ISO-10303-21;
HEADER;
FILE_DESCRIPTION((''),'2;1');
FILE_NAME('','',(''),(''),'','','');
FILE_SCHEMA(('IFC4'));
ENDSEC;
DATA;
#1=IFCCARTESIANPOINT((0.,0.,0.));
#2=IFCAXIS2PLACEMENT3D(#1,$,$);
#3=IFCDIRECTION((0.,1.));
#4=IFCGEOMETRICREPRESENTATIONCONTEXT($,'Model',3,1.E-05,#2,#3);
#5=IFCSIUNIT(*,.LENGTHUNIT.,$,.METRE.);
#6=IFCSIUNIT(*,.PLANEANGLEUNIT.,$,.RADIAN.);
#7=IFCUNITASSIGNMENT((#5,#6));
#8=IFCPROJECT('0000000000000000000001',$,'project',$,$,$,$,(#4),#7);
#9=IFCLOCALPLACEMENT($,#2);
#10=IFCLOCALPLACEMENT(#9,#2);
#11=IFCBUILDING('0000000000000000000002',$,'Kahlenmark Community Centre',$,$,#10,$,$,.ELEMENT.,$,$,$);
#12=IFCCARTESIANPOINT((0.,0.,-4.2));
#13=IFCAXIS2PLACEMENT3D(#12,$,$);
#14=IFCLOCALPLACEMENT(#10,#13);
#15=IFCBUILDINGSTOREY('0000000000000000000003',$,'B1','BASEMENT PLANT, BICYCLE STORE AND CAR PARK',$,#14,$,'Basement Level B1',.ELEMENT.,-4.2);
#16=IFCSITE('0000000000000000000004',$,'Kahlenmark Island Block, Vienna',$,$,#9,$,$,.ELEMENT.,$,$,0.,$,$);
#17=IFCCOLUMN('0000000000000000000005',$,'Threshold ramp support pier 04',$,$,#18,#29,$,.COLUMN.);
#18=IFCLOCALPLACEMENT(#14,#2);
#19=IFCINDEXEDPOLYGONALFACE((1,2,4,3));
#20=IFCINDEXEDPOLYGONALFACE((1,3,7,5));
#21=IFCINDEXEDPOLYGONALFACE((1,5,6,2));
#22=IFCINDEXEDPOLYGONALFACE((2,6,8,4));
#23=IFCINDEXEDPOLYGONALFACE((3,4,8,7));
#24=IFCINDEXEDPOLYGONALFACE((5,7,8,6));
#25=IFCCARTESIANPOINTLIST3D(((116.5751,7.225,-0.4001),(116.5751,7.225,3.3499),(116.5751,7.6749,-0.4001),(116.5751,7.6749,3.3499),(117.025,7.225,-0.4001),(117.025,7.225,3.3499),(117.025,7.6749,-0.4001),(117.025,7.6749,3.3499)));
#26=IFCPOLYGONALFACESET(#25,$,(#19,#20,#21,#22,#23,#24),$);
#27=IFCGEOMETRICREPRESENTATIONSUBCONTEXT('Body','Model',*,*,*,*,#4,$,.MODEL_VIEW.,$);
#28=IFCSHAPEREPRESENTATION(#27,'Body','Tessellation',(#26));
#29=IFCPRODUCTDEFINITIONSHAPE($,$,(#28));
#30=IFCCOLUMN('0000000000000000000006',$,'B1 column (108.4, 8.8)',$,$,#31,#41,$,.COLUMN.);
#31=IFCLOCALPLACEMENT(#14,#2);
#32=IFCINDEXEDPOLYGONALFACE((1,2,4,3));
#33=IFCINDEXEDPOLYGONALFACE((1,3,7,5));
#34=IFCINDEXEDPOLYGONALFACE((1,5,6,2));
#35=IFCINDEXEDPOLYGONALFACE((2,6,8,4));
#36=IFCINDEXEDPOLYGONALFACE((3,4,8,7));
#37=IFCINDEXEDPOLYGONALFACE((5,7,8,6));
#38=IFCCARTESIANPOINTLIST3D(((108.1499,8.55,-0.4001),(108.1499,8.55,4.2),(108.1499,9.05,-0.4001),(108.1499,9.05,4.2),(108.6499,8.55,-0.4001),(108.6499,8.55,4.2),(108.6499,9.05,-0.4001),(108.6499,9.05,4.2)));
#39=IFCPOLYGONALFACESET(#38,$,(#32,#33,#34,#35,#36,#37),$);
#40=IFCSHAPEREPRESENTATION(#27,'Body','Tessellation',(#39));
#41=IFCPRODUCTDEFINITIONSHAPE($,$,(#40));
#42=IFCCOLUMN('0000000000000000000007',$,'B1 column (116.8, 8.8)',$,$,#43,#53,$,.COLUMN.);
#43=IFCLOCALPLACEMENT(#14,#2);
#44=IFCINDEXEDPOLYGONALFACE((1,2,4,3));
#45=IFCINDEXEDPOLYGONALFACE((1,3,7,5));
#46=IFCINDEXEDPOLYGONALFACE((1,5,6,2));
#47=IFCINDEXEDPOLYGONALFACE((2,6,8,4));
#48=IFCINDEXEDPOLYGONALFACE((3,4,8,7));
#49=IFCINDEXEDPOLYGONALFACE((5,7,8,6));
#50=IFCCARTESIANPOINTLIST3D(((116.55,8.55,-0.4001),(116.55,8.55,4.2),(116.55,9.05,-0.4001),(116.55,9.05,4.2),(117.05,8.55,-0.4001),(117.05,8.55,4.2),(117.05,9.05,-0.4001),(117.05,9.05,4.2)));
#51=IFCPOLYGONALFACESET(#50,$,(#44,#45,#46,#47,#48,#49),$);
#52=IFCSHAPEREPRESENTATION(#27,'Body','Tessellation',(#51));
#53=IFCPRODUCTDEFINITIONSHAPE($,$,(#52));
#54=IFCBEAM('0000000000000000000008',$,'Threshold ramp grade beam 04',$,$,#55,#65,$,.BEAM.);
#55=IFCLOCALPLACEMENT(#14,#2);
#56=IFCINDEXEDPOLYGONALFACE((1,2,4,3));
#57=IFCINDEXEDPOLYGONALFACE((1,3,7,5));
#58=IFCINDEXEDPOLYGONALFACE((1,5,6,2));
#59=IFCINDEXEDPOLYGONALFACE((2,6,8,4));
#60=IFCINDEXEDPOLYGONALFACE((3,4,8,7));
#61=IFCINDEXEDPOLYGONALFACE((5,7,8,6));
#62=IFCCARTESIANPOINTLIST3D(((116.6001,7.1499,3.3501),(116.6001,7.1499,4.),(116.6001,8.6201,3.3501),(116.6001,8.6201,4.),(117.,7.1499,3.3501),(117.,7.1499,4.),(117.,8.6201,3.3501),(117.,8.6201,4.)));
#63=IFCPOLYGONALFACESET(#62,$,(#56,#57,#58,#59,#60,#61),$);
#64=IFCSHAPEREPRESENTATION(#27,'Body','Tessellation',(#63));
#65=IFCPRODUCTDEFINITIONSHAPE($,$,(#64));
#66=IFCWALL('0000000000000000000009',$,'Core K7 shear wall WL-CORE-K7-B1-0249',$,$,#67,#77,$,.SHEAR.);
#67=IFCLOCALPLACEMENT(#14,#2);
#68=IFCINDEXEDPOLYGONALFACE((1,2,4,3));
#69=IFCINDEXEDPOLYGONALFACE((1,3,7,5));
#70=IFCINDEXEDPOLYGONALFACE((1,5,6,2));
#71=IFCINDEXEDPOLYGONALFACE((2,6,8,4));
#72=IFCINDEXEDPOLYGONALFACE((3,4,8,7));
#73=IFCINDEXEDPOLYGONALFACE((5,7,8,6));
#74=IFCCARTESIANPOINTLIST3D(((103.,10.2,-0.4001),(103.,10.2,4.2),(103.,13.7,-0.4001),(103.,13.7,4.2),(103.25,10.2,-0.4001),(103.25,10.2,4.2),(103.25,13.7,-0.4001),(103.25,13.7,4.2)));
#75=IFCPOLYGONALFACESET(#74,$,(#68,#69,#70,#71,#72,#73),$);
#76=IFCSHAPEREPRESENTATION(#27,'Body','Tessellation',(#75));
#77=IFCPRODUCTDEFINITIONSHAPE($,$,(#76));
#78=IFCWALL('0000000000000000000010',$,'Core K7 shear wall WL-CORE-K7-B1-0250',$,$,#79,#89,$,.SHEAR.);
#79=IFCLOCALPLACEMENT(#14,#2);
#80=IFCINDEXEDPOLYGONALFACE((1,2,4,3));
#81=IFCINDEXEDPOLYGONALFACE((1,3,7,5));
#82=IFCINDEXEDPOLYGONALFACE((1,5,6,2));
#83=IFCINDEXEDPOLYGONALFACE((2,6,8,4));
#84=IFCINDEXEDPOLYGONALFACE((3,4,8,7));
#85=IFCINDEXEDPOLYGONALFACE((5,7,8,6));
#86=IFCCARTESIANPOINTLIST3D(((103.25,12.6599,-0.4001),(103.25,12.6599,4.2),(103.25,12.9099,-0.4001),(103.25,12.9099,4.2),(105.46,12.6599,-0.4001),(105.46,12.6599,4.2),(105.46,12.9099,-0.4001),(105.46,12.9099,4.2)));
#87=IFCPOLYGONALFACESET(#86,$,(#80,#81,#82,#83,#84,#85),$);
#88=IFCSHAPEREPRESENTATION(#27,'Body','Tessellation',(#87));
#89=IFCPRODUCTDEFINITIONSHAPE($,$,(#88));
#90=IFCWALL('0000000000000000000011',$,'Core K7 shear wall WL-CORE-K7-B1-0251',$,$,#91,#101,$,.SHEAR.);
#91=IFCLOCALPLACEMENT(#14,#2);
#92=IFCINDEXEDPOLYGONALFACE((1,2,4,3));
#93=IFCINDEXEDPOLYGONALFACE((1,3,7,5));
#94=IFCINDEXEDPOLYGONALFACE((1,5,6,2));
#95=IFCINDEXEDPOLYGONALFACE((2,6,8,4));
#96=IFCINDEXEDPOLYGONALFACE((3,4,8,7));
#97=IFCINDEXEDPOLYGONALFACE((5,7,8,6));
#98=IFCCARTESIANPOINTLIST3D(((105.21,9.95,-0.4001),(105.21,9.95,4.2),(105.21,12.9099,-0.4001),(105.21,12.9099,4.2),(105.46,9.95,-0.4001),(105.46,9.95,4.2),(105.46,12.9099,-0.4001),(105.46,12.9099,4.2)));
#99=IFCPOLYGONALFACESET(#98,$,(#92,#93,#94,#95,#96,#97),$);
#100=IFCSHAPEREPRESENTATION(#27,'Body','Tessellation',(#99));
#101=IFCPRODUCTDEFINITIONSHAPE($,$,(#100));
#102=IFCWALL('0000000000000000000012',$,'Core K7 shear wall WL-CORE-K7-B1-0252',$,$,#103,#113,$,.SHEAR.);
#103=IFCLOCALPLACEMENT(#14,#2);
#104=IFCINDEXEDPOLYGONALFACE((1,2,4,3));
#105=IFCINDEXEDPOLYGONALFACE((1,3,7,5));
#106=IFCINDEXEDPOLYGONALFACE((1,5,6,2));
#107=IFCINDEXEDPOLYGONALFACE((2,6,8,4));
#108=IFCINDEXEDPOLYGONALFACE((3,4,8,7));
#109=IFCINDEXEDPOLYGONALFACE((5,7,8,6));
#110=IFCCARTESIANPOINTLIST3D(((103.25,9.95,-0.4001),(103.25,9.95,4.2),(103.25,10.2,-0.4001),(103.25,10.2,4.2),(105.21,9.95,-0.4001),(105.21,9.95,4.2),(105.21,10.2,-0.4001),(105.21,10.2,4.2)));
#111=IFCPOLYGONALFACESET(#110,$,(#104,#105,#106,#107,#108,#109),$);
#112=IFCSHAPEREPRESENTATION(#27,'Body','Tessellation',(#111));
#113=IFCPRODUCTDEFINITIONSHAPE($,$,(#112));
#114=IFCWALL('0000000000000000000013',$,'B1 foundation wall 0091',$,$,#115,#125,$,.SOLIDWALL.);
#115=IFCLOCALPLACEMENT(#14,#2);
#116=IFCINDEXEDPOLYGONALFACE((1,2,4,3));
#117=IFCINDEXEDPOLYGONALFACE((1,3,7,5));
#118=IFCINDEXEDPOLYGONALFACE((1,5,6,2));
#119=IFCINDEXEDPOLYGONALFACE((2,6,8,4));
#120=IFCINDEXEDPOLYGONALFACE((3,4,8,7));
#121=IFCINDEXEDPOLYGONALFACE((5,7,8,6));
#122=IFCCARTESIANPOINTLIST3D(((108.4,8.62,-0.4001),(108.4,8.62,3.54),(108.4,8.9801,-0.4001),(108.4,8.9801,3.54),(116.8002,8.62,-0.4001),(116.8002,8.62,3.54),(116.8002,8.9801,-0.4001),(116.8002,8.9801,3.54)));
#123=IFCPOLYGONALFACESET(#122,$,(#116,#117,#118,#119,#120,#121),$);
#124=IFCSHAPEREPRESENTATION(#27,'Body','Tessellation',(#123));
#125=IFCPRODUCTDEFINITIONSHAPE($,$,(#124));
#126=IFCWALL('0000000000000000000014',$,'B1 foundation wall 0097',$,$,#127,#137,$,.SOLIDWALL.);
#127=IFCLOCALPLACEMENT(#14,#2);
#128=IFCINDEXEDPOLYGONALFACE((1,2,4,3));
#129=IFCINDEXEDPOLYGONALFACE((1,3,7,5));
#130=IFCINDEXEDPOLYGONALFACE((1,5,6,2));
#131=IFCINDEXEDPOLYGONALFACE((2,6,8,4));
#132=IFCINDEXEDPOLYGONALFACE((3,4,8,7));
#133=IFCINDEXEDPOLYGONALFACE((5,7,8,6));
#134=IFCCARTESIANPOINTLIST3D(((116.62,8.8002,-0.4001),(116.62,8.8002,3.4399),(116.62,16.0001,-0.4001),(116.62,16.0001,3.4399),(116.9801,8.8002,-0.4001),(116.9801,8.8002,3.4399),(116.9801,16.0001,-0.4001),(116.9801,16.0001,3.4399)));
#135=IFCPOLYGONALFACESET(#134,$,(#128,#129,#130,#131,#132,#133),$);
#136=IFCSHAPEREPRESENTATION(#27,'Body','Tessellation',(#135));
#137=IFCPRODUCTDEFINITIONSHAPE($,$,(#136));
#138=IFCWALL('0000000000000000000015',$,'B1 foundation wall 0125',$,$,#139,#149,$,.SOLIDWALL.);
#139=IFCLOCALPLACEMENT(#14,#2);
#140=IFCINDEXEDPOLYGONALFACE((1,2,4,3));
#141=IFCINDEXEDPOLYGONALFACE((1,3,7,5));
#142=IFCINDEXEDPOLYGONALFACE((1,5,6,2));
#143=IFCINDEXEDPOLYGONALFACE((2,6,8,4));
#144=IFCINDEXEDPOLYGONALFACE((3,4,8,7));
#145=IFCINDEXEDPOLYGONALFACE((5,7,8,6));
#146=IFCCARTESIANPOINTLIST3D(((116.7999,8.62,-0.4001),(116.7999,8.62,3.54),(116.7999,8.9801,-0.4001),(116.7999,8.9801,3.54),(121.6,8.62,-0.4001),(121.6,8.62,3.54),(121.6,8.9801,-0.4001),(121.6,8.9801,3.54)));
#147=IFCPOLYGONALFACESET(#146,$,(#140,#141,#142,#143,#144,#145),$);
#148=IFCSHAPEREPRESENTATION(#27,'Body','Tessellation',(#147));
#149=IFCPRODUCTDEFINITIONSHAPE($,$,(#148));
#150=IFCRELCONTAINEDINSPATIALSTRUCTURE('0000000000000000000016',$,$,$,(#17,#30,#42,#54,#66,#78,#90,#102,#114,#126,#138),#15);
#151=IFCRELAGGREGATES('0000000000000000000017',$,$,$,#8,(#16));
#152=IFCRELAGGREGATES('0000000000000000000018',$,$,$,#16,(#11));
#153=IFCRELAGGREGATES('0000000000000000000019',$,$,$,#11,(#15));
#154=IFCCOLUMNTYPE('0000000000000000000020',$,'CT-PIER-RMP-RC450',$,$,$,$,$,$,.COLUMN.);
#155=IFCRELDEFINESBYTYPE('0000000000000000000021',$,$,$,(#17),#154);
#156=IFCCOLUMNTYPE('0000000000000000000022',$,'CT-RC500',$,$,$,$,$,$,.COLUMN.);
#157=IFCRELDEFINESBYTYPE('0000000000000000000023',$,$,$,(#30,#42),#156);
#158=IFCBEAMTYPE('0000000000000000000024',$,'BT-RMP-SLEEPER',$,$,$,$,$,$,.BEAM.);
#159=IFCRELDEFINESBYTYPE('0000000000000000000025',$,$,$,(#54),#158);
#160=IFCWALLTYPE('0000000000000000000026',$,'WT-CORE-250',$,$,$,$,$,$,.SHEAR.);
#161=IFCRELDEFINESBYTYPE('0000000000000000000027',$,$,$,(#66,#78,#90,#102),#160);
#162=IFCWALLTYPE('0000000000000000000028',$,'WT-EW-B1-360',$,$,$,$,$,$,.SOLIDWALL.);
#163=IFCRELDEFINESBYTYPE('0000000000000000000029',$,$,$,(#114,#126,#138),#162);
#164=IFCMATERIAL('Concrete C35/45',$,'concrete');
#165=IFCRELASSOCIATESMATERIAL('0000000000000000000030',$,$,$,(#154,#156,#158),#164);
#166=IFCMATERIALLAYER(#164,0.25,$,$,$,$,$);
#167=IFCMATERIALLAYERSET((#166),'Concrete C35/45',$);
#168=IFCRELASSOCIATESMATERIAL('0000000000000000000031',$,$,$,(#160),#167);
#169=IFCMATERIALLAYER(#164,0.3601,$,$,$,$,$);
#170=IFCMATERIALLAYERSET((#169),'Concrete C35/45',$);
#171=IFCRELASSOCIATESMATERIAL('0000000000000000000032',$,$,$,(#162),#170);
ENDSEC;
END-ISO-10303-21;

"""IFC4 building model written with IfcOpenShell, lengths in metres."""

from ifc_helpers import new_model, si_unit, direction, frame, frame_2d, origin, origin_2d, place, context, subcontext, project, spatial, rectangle, extrude, material, layer, layer_set, material_profile, profile_set, type_object, element, save


model = new_model("IFC4")

# Units and contexts
model_context = context("Model", 3, precision=1e-05, world=origin(), true_north=direction((0.0, 1.0)))
body_context = subcontext(model_context, "Body", "Model", "MODEL_VIEW")
ifc_project = project(units=[si_unit("LENGTHUNIT", "METRE"), si_unit("PLANEANGLEUNIT", "RADIAN")], contexts=[model_context])

# Site, building, storey
site_placement = place(None, origin())
site = spatial("IfcSite", under=ifc_project, at=site_placement, Name="Kahlenmark Island Block, Vienna", CompositionType="ELEMENT", RefElevation=0.0)
building_placement = place(site_placement, origin())
building = spatial("IfcBuilding", under=site, at=building_placement, Name="Kahlenmark Community Centre", CompositionType="ELEMENT")
storey_placement = place(building_placement, frame((0.0, 0.0, -4.2)))
storey = spatial("IfcBuildingStorey", under=building, at=storey_placement, Name="B1", Description="BASEMENT PLANT, BICYCLE STORE AND CAR PARK", LongName="Basement Level B1", CompositionType="ELEMENT", Elevation=-4.2)

# Columns
ifc_material_1 = material(Name="Concrete C35/45", Category="concrete")
ifc_material_profile_1 = material_profile(ifc_material_1, rectangle(XDim=0.45, YDim=0.45, at=origin_2d()), Name="RC 450x450")
ifc_profile_set_1 = profile_set([ifc_material_profile_1], Name="Concrete C35/45")
column_type_1 = type_object("IfcColumnType", Name="CT-PIER-RMP-RC450", PredefinedType="COLUMN", material=ifc_profile_set_1)
column_placement = place(storey_placement, frame((116.8, 7.45, -0.4001), z_axis=(0.0, 0.0, 1.0), x_axis=(1.0, 0.0, 0.0)))
element("IfcColumn", 1, at=column_placement, inside=storey, type_object=column_type_1, Name="Threshold ramp support pier 04", PredefinedType="COLUMN", context=body_context, shape_type="SweptSolid", body=[
    extrude(rectangle(XDim=0.45, YDim=0.45, at=origin_2d()), origin(), (0.0, 0.0, 1.0), 3.75),
])
ifc_material_profile_2 = material_profile(ifc_material_1, rectangle(XDim=0.5, YDim=0.5, at=origin_2d()), Name="RC 500x500")
ifc_profile_set_2 = profile_set([ifc_material_profile_2], Name="Concrete C35/45")
column_type_2 = type_object("IfcColumnType", Name="CT-RC500", PredefinedType="COLUMN", material=ifc_profile_set_2)
for number, where, z_axis, x_axis, name in (
    (2, (108.3999, 8.8, -0.4001), (0.0, 0.0, 1.0), (1.0, 0.0, 0.0), "B1 column (108.4, 8.8)"),
    (3, (116.8, 8.8, -0.4001), (0.0, 0.0, 1.0), (1.0, 0.0, 0.0), "B1 column (116.8, 8.8)"),
):
    element("IfcColumn", number, at=place(storey_placement, frame(where, z_axis=z_axis, x_axis=x_axis)), inside=storey, type_object=column_type_2, Name=name, PredefinedType="COLUMN", context=body_context, shape_type="SweptSolid", body=[
        extrude(rectangle(XDim=0.5, YDim=0.5, at=origin_2d()), origin(), (0.0, 0.0, 1.0), 4.6001),
    ])

# Beam
ifc_material_profile_3 = material_profile(ifc_material_1, rectangle(XDim=0.3999, YDim=0.6499, at=origin_2d()), Name="RC 400x650")
ifc_profile_set_3 = profile_set([ifc_material_profile_3], Name="Concrete C35/45")
beam_type = type_object("IfcBeamType", Name="BT-RMP-SLEEPER", PredefinedType="BEAM", material=ifc_profile_set_3)
beam_placement = place(storey_placement, frame((116.8, 7.1499, 3.675), z_axis=(0.0, 1.0, 0.0), x_axis=(-1.0, 0.0, 0.0)))
element("IfcBeam", 4, at=beam_placement, inside=storey, type_object=beam_type, Name="Threshold ramp grade beam 04", PredefinedType="BEAM", context=body_context, shape_type="SweptSolid", body=[
    extrude(rectangle(XDim=0.3999, YDim=0.6499, at=origin_2d()), origin(), (0.0, 0.0, 1.0), 1.4702),
])

# Walls
ifc_layer_1 = layer(ifc_material_1, 0.25)
ifc_layer_set_1 = layer_set([ifc_layer_1], Name="Concrete C35/45")
wall_type_1 = type_object("IfcWallType", Name="WT-CORE-250", PredefinedType="SHEAR", material=ifc_layer_set_1)
wall_1_placement = place(storey_placement, frame((103.125, 10.2, -0.4001), z_axis=(0.0, 0.0, 1.0), x_axis=(0.0, 1.0, 0.0)))
element("IfcWall", 5, at=wall_1_placement, inside=storey, type_object=wall_type_1, Name="Core K7 shear wall WL-CORE-K7-B1-0249", PredefinedType="SHEAR", context=body_context, shape_type="SweptSolid", body=[
    extrude(rectangle(XDim=3.5, YDim=0.25, at=frame_2d((1.75, 0.0))), origin(), (0.0, 0.0, 1.0), 4.6001),
])
wall_2_placement = place(storey_placement, frame((103.25, 12.7849, -0.4001), z_axis=(0.0, 0.0, 1.0), x_axis=(1.0, 0.0, 0.0)))
element("IfcWall", 6, at=wall_2_placement, inside=storey, type_object=wall_type_1, Name="Core K7 shear wall WL-CORE-K7-B1-0250", PredefinedType="SHEAR", context=body_context, shape_type="SweptSolid", body=[
    extrude(rectangle(XDim=2.21, YDim=0.25, at=frame_2d((1.105, 0.0))), origin(), (0.0, 0.0, 1.0), 4.6001),
])
wall_3_placement = place(storey_placement, frame((105.335, 9.95, -0.4001), z_axis=(0.0, 0.0, 1.0), x_axis=(0.0, 1.0, 0.0)))
element("IfcWall", 7, at=wall_3_placement, inside=storey, type_object=wall_type_1, Name="Core K7 shear wall WL-CORE-K7-B1-0251", PredefinedType="SHEAR", context=body_context, shape_type="SweptSolid", body=[
    extrude(rectangle(XDim=2.96, YDim=0.25, at=frame_2d((1.48, 0.0))), origin(), (0.0, 0.0, 1.0), 4.6001),
])
wall_4_placement = place(storey_placement, frame((103.25, 10.075, -0.4001), z_axis=(0.0, 0.0, 1.0), x_axis=(1.0, 0.0, 0.0)))
element("IfcWall", 8, at=wall_4_placement, inside=storey, type_object=wall_type_1, Name="Core K7 shear wall WL-CORE-K7-B1-0252", PredefinedType="SHEAR", context=body_context, shape_type="SweptSolid", body=[
    extrude(rectangle(XDim=1.96, YDim=0.25, at=frame_2d((0.98, 0.0))), origin(), (0.0, 0.0, 1.0), 4.6001),
])
ifc_layer_2 = layer(ifc_material_1, 0.3601)
ifc_layer_set_2 = layer_set([ifc_layer_2], Name="Concrete C35/45")
wall_type_2 = type_object("IfcWallType", Name="WT-EW-B1-360", PredefinedType="SOLIDWALL", material=ifc_layer_set_2)
wall_5_placement = place(storey_placement, frame((108.3999, 8.8, -0.4001), z_axis=(0.0, 0.0, 1.0), x_axis=(1.0, 0.0, 0.0)))
element("IfcWall", 9, at=wall_5_placement, inside=storey, type_object=wall_type_2, Name="B1 foundation wall 0091", PredefinedType="SOLIDWALL", context=body_context, shape_type="SweptSolid", body=[
    extrude(rectangle(XDim=8.4001, YDim=0.3601, at=frame_2d((4.2002, 0.0))), origin(), (0.0, 0.0, 1.0), 3.9402),
])
wall_6_placement = place(storey_placement, frame((116.8, 8.8, -0.4001), z_axis=(0.0, 0.0, 1.0), x_axis=(0.0, 1.0, 0.0)))
element("IfcWall", 10, at=wall_6_placement, inside=storey, type_object=wall_type_2, Name="B1 foundation wall 0097", PredefinedType="SOLIDWALL", context=body_context, shape_type="SweptSolid", body=[
    extrude(rectangle(XDim=7.2, YDim=0.3601, at=frame_2d((3.6001, 0.0))), origin(), (0.0, 0.0, 1.0), 3.8401),
])
wall_7_placement = place(storey_placement, frame((116.8, 8.8, -0.4001), z_axis=(0.0, 0.0, 1.0), x_axis=(1.0, 0.0, 0.0)))
element("IfcWall", 11, at=wall_7_placement, inside=storey, type_object=wall_type_2, Name="B1 foundation wall 0125", PredefinedType="SOLIDWALL", context=body_context, shape_type="SweptSolid", body=[
    extrude(rectangle(XDim=4.8, YDim=0.3601, at=frame_2d((2.3999, 0.0))), origin(), (0.0, 0.0, 1.0), 3.9402),
])

save(model, "model.ifc")
